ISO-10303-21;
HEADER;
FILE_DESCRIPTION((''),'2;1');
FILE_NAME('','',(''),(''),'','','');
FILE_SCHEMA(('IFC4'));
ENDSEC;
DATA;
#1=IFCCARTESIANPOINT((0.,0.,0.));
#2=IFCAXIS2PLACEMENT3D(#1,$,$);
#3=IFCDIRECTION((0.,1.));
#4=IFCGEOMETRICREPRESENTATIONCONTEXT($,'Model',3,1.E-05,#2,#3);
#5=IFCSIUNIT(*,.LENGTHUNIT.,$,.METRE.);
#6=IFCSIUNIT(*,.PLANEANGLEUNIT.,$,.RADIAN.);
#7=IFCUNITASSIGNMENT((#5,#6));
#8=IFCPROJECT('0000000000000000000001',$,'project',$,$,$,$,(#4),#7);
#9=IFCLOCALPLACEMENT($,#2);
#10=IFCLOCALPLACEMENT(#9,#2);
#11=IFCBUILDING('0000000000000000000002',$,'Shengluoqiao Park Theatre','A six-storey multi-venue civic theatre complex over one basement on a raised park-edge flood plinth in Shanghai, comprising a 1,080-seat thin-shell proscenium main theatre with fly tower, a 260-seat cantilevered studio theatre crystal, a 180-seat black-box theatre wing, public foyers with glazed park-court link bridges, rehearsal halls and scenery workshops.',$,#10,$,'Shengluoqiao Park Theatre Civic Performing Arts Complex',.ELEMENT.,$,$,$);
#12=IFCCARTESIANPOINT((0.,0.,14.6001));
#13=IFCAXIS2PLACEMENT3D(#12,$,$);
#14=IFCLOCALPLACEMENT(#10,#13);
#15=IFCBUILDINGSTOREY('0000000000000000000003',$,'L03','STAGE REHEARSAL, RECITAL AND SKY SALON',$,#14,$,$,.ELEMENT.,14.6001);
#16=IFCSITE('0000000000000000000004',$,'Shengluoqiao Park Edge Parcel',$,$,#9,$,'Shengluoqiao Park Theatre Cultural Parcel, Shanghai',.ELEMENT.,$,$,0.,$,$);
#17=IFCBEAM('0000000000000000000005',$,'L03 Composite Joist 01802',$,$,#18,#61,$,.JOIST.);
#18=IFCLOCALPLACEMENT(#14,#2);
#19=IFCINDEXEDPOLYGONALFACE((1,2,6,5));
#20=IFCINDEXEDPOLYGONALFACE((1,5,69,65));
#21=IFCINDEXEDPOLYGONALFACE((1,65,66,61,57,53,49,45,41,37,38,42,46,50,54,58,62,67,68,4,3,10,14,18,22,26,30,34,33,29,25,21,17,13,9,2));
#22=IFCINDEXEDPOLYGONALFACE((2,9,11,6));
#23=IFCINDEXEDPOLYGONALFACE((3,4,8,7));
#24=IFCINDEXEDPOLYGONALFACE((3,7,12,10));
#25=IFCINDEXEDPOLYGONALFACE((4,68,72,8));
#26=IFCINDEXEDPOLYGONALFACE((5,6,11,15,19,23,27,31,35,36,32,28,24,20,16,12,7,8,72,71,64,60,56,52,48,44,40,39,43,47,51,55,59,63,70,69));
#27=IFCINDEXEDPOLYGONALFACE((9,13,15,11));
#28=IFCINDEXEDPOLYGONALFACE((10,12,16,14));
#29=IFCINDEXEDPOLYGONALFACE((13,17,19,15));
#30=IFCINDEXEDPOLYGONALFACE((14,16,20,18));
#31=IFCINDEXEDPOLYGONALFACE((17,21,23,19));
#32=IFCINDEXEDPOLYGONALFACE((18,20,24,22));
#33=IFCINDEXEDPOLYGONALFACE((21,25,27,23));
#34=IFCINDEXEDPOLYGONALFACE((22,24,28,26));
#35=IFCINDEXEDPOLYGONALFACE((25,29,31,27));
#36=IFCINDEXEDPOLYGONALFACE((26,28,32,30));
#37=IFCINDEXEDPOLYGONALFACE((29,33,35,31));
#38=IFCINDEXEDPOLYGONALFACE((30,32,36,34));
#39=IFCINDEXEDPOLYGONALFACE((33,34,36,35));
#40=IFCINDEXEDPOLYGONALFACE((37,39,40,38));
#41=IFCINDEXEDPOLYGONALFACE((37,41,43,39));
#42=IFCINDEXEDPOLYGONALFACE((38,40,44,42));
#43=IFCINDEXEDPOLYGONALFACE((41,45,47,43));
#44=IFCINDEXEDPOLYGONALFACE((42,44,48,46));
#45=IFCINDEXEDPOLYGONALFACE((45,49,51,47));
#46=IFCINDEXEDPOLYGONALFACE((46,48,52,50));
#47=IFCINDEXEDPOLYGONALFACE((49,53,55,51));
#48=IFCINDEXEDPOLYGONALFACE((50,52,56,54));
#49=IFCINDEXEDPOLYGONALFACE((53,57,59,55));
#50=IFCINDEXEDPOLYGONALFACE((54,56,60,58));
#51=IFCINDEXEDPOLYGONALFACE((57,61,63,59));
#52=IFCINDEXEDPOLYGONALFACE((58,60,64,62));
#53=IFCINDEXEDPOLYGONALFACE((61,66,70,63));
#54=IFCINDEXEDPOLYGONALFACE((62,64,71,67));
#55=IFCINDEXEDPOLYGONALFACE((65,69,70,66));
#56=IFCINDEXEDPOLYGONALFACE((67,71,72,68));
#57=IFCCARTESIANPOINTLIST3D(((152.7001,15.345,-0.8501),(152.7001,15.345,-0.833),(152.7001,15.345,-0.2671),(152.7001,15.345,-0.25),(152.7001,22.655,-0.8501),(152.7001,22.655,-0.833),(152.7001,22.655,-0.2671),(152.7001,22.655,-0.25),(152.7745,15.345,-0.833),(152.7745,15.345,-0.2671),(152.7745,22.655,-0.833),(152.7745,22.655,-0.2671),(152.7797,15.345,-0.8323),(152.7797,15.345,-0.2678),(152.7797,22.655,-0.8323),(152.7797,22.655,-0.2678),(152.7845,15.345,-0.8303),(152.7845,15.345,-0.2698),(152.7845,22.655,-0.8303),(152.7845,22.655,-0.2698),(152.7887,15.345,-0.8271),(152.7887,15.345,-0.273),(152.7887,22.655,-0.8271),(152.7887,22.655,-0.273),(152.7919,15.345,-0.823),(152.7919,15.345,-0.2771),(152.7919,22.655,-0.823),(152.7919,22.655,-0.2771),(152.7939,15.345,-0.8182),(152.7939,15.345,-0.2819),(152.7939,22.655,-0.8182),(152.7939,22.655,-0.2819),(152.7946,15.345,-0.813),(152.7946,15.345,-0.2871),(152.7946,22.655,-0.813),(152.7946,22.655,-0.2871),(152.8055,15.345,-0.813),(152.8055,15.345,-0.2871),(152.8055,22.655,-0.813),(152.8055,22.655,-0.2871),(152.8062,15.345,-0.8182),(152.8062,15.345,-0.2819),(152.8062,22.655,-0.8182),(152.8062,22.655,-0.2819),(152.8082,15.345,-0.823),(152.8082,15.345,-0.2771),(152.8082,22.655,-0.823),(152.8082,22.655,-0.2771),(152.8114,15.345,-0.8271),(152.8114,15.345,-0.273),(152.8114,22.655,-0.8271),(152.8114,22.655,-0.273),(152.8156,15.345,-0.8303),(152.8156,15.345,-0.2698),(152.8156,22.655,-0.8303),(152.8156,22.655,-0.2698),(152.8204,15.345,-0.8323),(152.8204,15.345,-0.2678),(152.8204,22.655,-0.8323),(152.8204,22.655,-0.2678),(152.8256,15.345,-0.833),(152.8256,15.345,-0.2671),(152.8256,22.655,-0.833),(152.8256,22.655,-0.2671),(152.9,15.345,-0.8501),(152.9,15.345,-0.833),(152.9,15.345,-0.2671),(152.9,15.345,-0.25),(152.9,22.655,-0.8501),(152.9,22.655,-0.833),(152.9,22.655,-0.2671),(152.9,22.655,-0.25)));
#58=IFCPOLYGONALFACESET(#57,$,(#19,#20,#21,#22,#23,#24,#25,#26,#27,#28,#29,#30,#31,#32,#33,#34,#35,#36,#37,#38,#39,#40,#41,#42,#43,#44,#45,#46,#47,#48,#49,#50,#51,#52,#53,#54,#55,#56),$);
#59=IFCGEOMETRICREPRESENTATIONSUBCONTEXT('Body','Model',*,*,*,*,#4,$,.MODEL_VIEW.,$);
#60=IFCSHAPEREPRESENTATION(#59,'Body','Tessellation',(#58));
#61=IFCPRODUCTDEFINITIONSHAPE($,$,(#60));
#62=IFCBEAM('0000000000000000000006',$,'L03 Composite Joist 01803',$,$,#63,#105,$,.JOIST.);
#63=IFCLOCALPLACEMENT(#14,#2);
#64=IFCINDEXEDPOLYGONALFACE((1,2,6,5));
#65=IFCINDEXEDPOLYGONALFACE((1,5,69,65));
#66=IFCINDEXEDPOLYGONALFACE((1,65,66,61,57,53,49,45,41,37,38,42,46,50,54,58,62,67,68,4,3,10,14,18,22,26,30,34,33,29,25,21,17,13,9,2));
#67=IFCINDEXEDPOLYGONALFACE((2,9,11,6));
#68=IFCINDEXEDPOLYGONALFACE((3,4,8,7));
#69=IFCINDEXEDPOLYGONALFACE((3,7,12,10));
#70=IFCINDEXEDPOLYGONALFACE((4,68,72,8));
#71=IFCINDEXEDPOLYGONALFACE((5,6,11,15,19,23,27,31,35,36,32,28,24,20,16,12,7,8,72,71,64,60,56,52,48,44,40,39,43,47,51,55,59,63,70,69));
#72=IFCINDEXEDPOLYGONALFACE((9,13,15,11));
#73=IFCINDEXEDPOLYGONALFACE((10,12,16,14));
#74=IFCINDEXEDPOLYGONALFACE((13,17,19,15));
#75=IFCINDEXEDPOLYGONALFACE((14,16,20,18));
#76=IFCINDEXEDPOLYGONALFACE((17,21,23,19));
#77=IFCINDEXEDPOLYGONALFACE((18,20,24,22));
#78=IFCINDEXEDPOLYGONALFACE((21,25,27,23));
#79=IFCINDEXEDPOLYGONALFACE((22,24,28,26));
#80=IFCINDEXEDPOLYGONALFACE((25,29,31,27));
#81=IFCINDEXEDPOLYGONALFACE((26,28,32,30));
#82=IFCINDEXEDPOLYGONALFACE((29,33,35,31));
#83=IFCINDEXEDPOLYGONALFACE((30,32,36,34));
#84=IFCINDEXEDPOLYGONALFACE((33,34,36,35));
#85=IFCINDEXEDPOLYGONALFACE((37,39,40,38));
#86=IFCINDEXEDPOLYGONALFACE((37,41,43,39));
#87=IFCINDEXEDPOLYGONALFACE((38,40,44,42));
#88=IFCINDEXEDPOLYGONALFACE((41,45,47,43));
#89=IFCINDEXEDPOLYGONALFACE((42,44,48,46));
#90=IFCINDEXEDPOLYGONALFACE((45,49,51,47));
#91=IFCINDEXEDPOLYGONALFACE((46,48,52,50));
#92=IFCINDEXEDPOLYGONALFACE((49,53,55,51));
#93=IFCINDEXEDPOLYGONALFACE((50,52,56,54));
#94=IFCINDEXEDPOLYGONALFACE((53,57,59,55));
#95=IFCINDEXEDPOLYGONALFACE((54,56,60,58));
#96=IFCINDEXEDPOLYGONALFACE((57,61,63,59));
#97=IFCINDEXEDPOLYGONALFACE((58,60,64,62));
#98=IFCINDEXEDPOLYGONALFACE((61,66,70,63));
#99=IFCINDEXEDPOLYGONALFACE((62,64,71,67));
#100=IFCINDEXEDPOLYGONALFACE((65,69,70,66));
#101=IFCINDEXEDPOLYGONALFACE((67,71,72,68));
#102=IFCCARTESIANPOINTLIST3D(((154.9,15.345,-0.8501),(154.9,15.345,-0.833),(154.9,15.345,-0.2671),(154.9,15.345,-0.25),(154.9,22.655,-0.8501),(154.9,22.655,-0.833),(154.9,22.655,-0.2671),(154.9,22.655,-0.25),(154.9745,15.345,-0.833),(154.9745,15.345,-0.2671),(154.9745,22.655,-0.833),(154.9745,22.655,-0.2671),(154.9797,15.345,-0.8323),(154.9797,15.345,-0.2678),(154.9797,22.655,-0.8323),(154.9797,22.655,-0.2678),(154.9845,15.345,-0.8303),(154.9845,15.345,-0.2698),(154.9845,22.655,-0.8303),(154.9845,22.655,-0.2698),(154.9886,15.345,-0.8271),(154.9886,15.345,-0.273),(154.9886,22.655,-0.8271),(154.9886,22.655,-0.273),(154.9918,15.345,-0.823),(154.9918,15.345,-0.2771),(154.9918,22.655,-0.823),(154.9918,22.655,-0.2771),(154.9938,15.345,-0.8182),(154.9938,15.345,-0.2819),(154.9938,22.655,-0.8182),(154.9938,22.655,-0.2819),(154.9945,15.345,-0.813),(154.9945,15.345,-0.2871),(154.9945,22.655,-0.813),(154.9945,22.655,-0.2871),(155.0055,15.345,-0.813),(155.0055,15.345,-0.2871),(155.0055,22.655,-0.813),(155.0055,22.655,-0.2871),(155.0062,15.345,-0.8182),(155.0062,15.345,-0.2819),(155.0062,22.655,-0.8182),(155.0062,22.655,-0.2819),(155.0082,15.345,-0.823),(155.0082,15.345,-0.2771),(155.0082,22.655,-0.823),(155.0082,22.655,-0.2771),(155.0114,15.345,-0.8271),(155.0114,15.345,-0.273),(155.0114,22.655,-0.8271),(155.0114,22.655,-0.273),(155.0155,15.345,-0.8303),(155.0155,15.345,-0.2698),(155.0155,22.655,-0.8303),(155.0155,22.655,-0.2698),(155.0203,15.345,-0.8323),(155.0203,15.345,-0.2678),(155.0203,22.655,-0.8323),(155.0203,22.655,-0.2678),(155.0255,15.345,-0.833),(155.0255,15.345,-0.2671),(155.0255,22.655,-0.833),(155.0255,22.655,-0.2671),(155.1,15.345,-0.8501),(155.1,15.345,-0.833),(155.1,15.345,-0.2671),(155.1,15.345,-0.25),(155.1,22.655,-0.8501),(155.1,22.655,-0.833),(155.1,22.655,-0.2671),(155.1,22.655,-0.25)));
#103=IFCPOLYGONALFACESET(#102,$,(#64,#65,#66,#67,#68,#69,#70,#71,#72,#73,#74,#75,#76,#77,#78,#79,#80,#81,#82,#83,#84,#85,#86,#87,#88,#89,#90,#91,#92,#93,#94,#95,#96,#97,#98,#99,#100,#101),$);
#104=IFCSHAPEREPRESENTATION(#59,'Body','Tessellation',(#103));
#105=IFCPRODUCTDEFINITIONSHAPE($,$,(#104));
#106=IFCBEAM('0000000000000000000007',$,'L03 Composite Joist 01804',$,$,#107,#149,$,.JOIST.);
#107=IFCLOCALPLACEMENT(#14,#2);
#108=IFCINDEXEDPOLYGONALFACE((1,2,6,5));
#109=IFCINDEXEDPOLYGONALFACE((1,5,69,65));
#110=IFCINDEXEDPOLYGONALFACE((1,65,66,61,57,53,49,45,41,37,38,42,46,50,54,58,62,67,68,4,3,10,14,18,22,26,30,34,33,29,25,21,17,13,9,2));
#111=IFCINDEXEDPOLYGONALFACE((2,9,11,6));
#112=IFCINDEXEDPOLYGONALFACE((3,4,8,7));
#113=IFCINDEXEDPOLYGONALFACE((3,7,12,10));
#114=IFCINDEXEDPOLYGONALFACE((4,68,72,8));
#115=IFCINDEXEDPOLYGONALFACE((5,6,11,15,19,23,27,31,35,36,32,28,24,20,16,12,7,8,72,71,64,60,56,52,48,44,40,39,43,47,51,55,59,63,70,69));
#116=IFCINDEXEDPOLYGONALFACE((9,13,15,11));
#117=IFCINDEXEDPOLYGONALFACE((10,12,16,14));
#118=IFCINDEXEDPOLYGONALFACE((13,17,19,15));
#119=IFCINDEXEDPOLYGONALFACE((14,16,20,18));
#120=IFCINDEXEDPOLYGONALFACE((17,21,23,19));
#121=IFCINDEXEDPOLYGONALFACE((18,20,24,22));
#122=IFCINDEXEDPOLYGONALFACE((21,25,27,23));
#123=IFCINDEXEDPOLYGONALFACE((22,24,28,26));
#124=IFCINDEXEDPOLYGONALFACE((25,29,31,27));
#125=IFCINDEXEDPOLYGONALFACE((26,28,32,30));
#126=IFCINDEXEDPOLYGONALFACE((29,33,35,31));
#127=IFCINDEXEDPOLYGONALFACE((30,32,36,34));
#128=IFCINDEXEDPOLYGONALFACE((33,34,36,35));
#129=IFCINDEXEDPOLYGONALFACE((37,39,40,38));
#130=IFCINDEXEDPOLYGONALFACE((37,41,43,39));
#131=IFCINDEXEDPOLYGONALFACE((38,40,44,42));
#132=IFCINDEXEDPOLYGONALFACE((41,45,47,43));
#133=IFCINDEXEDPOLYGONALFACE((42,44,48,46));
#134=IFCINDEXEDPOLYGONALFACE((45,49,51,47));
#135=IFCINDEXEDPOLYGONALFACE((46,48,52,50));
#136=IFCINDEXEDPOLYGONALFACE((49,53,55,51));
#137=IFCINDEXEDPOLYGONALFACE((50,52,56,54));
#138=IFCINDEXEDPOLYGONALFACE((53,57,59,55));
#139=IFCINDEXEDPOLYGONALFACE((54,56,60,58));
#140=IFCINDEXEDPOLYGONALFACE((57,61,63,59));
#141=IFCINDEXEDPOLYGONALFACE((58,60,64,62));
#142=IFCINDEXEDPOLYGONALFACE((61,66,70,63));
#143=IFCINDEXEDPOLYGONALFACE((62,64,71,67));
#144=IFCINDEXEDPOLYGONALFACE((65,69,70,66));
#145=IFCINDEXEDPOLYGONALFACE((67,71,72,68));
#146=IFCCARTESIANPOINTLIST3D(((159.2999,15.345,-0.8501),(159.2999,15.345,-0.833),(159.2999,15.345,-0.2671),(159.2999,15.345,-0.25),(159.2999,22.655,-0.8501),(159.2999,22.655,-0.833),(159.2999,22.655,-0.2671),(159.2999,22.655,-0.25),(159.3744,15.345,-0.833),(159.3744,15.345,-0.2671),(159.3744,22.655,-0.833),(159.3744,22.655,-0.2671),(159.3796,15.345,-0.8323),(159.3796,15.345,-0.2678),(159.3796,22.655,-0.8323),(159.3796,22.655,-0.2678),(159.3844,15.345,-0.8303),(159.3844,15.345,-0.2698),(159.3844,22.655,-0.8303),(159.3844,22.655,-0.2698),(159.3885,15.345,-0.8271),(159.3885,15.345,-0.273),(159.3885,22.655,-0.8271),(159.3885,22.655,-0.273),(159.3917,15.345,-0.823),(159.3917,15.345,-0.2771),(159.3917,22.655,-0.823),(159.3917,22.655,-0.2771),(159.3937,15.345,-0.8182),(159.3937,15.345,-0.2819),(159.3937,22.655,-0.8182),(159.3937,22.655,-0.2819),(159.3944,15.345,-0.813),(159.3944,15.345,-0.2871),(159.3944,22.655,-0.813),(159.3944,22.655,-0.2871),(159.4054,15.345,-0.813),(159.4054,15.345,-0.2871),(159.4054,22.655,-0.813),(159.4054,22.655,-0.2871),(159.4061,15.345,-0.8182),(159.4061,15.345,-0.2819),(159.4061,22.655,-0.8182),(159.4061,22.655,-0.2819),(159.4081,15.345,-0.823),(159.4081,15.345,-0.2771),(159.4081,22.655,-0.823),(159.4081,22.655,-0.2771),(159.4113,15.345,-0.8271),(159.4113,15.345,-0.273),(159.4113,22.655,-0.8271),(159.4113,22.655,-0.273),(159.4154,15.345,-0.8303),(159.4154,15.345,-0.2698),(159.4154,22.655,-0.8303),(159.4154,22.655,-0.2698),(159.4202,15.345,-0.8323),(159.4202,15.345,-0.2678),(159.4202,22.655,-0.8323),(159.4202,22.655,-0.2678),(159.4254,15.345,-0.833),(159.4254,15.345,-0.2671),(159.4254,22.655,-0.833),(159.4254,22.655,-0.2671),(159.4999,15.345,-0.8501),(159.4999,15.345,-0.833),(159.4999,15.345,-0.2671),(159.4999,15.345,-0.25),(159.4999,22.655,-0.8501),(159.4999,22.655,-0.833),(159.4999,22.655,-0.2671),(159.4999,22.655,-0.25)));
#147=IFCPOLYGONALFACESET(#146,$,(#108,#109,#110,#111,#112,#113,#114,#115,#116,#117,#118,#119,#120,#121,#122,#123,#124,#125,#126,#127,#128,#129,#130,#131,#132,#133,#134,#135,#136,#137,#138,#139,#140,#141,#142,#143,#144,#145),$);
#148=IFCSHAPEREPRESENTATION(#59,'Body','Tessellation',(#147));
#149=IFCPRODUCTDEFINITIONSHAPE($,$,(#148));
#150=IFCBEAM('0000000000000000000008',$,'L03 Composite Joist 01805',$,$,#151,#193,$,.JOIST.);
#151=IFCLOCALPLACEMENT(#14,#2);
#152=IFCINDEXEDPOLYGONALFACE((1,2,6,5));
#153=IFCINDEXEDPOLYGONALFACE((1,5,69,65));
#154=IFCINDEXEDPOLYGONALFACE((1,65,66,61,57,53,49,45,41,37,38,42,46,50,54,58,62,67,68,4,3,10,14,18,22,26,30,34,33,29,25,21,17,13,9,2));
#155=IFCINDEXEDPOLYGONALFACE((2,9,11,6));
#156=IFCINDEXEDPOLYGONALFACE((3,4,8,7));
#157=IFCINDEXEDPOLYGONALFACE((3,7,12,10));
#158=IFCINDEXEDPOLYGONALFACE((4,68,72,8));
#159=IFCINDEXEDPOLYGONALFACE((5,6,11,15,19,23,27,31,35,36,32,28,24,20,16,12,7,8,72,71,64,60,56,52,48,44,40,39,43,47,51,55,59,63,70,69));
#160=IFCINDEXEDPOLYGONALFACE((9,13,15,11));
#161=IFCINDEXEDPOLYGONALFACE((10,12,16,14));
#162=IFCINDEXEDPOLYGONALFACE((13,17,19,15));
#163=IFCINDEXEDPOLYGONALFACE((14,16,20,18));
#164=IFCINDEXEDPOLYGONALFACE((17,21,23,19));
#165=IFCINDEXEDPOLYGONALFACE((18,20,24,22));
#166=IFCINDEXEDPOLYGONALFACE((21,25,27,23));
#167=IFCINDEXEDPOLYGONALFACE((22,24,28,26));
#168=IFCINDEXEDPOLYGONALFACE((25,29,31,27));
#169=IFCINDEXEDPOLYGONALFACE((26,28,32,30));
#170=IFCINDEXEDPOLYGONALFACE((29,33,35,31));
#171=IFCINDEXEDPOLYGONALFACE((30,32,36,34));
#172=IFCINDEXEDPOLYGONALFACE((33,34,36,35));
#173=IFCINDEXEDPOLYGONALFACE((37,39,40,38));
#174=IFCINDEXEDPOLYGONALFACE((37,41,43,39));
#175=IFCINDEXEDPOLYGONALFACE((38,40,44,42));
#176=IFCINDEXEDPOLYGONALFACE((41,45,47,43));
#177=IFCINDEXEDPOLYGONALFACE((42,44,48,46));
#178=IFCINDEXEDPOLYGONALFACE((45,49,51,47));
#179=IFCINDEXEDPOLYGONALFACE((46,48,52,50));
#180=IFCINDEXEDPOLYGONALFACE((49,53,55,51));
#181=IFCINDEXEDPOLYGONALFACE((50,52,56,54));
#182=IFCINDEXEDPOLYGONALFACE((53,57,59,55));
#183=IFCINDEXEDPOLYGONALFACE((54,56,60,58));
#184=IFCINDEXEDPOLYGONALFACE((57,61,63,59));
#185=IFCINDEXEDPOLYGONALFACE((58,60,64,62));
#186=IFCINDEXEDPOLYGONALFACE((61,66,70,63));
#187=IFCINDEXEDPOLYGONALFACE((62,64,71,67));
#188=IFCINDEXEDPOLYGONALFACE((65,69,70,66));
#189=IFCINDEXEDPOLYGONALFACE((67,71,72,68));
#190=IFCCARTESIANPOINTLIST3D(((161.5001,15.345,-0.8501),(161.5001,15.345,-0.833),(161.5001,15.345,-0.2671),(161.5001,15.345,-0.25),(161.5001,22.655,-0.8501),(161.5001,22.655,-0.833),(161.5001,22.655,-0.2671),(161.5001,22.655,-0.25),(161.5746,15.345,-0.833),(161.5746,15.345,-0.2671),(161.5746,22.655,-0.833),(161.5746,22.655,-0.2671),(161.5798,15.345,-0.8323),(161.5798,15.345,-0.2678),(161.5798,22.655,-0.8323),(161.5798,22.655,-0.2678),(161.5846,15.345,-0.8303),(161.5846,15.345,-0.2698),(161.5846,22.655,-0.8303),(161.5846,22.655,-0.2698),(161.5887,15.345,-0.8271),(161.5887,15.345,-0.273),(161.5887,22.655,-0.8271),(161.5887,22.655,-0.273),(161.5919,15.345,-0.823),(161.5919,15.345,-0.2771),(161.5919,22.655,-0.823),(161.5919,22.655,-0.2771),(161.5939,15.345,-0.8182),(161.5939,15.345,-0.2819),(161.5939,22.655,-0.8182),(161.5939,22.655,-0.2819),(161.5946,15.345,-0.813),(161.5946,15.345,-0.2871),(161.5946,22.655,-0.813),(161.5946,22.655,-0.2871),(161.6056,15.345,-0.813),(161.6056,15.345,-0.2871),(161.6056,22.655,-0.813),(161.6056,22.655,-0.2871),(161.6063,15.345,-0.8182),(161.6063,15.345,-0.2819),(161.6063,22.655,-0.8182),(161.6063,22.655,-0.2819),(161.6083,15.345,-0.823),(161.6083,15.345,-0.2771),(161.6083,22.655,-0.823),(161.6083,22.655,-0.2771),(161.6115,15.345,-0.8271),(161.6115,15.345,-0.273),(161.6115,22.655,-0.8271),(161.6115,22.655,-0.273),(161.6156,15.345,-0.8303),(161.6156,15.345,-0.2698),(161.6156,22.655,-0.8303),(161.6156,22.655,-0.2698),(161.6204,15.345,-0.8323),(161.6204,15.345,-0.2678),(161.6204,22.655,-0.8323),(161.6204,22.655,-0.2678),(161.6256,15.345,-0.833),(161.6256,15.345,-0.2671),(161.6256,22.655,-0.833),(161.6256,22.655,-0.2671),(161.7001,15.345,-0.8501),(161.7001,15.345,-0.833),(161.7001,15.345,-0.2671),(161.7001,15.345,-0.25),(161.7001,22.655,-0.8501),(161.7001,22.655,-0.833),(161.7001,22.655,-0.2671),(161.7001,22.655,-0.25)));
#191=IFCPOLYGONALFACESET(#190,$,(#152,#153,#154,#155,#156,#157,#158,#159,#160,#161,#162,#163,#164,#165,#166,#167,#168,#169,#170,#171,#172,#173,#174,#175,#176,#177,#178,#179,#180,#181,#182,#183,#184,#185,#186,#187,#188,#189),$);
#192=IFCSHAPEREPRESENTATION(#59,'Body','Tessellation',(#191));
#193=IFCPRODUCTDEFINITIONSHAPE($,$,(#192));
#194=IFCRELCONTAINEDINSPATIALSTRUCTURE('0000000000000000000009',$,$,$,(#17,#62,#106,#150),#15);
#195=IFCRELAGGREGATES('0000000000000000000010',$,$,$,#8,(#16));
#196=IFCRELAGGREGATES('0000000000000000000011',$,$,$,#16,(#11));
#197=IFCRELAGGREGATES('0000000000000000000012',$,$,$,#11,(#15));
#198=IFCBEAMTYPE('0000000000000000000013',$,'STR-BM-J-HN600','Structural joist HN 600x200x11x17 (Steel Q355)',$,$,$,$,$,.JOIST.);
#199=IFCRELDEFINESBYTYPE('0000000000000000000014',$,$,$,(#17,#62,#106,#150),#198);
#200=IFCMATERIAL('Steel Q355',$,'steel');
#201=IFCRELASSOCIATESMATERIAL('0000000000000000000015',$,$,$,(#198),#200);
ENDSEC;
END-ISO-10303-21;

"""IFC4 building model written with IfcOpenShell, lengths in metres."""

from ifc_helpers import new_model, si_unit, direction, frame, origin, origin_2d, place, context, subcontext, project, spatial, i_section, extrude, material, material_profile, profile_set, type_object, element, save


model = new_model("IFC4")

# Units and contexts
model_context = context("Model", 3, precision=1e-05, world=origin(), true_north=direction((0.0, 1.0)))
body_context = subcontext(model_context, "Body", "Model", "MODEL_VIEW")
ifc_project = project(units=[si_unit("LENGTHUNIT", "METRE"), si_unit("PLANEANGLEUNIT", "RADIAN")], contexts=[model_context])

# Site, building, storey
site_placement = place(None, origin())
site = spatial("IfcSite", under=ifc_project, at=site_placement, Name="Shengluoqiao Park Edge Parcel", LongName="Shengluoqiao Park Theatre Cultural Parcel, Shanghai", CompositionType="ELEMENT", RefElevation=0.0)
building_placement = place(site_placement, origin())
building = spatial("IfcBuilding", under=site, at=building_placement, Name="Shengluoqiao Park Theatre", Description="A six-storey multi-venue civic theatre complex over one basement on a raised park-edge flood plinth in Shanghai, comprising a 1,080-seat thin-shell proscenium main theatre with fly tower, a 260-seat cantilevered studio theatre crystal, a 180-seat black-box theatre wing, public foyers with glazed park-court link bridges, rehearsal halls and scenery workshops.", LongName="Shengluoqiao Park Theatre Civic Performing Arts Complex", CompositionType="ELEMENT")
storey_placement = place(building_placement, frame((0.0, 0.0, 14.6001)))
storey = spatial("IfcBuildingStorey", under=building, at=storey_placement, Name="L03", Description="STAGE REHEARSAL, RECITAL AND SKY SALON", CompositionType="ELEMENT", Elevation=14.6001)

# Beams
ifc_material_1 = material(Name="Steel Q355", Category="steel")
ifc_material_profile_1 = material_profile(ifc_material_1, i_section(OverallWidth=0.2, OverallDepth=0.6001, WebThickness=0.011, FlangeThickness=0.0171, FilletRadius=0.02, at=origin_2d()), Name="HN 600x200x11x17")
ifc_profile_set_1 = profile_set([ifc_material_profile_1], Name="Steel Q355")
beam_type_1 = type_object("IfcBeamType", Name="STR-BM-J-HN600", Description="Structural joist HN 600x200x11x17 (Steel Q355)", PredefinedType="JOIST", material=ifc_profile_set_1)
for number, where, z_axis, x_axis, name in (
    (1, (152.8, 15.345, -0.55), (0.0, 1.0, 0.0), (-1.0, 0.0, 0.0), "L03 Composite Joist 01802"),
    (2, (155.0, 15.345, -0.55), (0.0, 1.0, 0.0), (-1.0, 0.0, 0.0), "L03 Composite Joist 01803"),
    (3, (159.3999, 15.345, -0.55), (0.0, 1.0, 0.0), (-1.0, 0.0, 0.0), "L03 Composite Joist 01804"),
    (4, (161.6001, 15.345, -0.55), (0.0, 1.0, 0.0), (-1.0, 0.0, 0.0), "L03 Composite Joist 01805"),
):
    element("IfcBeam", number, at=place(storey_placement, frame(where, z_axis=z_axis, x_axis=x_axis)), inside=storey, type_object=beam_type_1, Name=name, PredefinedType="JOIST", context=body_context, shape_type="SweptSolid", body=[
        extrude(i_section(OverallWidth=0.2, OverallDepth=0.6001, WebThickness=0.011, FlangeThickness=0.0171, FilletRadius=0.02, at=origin_2d()), origin(), (0.0, 0.0, 1.0), 7.3101),
    ])

save(model, "model.ifc")
